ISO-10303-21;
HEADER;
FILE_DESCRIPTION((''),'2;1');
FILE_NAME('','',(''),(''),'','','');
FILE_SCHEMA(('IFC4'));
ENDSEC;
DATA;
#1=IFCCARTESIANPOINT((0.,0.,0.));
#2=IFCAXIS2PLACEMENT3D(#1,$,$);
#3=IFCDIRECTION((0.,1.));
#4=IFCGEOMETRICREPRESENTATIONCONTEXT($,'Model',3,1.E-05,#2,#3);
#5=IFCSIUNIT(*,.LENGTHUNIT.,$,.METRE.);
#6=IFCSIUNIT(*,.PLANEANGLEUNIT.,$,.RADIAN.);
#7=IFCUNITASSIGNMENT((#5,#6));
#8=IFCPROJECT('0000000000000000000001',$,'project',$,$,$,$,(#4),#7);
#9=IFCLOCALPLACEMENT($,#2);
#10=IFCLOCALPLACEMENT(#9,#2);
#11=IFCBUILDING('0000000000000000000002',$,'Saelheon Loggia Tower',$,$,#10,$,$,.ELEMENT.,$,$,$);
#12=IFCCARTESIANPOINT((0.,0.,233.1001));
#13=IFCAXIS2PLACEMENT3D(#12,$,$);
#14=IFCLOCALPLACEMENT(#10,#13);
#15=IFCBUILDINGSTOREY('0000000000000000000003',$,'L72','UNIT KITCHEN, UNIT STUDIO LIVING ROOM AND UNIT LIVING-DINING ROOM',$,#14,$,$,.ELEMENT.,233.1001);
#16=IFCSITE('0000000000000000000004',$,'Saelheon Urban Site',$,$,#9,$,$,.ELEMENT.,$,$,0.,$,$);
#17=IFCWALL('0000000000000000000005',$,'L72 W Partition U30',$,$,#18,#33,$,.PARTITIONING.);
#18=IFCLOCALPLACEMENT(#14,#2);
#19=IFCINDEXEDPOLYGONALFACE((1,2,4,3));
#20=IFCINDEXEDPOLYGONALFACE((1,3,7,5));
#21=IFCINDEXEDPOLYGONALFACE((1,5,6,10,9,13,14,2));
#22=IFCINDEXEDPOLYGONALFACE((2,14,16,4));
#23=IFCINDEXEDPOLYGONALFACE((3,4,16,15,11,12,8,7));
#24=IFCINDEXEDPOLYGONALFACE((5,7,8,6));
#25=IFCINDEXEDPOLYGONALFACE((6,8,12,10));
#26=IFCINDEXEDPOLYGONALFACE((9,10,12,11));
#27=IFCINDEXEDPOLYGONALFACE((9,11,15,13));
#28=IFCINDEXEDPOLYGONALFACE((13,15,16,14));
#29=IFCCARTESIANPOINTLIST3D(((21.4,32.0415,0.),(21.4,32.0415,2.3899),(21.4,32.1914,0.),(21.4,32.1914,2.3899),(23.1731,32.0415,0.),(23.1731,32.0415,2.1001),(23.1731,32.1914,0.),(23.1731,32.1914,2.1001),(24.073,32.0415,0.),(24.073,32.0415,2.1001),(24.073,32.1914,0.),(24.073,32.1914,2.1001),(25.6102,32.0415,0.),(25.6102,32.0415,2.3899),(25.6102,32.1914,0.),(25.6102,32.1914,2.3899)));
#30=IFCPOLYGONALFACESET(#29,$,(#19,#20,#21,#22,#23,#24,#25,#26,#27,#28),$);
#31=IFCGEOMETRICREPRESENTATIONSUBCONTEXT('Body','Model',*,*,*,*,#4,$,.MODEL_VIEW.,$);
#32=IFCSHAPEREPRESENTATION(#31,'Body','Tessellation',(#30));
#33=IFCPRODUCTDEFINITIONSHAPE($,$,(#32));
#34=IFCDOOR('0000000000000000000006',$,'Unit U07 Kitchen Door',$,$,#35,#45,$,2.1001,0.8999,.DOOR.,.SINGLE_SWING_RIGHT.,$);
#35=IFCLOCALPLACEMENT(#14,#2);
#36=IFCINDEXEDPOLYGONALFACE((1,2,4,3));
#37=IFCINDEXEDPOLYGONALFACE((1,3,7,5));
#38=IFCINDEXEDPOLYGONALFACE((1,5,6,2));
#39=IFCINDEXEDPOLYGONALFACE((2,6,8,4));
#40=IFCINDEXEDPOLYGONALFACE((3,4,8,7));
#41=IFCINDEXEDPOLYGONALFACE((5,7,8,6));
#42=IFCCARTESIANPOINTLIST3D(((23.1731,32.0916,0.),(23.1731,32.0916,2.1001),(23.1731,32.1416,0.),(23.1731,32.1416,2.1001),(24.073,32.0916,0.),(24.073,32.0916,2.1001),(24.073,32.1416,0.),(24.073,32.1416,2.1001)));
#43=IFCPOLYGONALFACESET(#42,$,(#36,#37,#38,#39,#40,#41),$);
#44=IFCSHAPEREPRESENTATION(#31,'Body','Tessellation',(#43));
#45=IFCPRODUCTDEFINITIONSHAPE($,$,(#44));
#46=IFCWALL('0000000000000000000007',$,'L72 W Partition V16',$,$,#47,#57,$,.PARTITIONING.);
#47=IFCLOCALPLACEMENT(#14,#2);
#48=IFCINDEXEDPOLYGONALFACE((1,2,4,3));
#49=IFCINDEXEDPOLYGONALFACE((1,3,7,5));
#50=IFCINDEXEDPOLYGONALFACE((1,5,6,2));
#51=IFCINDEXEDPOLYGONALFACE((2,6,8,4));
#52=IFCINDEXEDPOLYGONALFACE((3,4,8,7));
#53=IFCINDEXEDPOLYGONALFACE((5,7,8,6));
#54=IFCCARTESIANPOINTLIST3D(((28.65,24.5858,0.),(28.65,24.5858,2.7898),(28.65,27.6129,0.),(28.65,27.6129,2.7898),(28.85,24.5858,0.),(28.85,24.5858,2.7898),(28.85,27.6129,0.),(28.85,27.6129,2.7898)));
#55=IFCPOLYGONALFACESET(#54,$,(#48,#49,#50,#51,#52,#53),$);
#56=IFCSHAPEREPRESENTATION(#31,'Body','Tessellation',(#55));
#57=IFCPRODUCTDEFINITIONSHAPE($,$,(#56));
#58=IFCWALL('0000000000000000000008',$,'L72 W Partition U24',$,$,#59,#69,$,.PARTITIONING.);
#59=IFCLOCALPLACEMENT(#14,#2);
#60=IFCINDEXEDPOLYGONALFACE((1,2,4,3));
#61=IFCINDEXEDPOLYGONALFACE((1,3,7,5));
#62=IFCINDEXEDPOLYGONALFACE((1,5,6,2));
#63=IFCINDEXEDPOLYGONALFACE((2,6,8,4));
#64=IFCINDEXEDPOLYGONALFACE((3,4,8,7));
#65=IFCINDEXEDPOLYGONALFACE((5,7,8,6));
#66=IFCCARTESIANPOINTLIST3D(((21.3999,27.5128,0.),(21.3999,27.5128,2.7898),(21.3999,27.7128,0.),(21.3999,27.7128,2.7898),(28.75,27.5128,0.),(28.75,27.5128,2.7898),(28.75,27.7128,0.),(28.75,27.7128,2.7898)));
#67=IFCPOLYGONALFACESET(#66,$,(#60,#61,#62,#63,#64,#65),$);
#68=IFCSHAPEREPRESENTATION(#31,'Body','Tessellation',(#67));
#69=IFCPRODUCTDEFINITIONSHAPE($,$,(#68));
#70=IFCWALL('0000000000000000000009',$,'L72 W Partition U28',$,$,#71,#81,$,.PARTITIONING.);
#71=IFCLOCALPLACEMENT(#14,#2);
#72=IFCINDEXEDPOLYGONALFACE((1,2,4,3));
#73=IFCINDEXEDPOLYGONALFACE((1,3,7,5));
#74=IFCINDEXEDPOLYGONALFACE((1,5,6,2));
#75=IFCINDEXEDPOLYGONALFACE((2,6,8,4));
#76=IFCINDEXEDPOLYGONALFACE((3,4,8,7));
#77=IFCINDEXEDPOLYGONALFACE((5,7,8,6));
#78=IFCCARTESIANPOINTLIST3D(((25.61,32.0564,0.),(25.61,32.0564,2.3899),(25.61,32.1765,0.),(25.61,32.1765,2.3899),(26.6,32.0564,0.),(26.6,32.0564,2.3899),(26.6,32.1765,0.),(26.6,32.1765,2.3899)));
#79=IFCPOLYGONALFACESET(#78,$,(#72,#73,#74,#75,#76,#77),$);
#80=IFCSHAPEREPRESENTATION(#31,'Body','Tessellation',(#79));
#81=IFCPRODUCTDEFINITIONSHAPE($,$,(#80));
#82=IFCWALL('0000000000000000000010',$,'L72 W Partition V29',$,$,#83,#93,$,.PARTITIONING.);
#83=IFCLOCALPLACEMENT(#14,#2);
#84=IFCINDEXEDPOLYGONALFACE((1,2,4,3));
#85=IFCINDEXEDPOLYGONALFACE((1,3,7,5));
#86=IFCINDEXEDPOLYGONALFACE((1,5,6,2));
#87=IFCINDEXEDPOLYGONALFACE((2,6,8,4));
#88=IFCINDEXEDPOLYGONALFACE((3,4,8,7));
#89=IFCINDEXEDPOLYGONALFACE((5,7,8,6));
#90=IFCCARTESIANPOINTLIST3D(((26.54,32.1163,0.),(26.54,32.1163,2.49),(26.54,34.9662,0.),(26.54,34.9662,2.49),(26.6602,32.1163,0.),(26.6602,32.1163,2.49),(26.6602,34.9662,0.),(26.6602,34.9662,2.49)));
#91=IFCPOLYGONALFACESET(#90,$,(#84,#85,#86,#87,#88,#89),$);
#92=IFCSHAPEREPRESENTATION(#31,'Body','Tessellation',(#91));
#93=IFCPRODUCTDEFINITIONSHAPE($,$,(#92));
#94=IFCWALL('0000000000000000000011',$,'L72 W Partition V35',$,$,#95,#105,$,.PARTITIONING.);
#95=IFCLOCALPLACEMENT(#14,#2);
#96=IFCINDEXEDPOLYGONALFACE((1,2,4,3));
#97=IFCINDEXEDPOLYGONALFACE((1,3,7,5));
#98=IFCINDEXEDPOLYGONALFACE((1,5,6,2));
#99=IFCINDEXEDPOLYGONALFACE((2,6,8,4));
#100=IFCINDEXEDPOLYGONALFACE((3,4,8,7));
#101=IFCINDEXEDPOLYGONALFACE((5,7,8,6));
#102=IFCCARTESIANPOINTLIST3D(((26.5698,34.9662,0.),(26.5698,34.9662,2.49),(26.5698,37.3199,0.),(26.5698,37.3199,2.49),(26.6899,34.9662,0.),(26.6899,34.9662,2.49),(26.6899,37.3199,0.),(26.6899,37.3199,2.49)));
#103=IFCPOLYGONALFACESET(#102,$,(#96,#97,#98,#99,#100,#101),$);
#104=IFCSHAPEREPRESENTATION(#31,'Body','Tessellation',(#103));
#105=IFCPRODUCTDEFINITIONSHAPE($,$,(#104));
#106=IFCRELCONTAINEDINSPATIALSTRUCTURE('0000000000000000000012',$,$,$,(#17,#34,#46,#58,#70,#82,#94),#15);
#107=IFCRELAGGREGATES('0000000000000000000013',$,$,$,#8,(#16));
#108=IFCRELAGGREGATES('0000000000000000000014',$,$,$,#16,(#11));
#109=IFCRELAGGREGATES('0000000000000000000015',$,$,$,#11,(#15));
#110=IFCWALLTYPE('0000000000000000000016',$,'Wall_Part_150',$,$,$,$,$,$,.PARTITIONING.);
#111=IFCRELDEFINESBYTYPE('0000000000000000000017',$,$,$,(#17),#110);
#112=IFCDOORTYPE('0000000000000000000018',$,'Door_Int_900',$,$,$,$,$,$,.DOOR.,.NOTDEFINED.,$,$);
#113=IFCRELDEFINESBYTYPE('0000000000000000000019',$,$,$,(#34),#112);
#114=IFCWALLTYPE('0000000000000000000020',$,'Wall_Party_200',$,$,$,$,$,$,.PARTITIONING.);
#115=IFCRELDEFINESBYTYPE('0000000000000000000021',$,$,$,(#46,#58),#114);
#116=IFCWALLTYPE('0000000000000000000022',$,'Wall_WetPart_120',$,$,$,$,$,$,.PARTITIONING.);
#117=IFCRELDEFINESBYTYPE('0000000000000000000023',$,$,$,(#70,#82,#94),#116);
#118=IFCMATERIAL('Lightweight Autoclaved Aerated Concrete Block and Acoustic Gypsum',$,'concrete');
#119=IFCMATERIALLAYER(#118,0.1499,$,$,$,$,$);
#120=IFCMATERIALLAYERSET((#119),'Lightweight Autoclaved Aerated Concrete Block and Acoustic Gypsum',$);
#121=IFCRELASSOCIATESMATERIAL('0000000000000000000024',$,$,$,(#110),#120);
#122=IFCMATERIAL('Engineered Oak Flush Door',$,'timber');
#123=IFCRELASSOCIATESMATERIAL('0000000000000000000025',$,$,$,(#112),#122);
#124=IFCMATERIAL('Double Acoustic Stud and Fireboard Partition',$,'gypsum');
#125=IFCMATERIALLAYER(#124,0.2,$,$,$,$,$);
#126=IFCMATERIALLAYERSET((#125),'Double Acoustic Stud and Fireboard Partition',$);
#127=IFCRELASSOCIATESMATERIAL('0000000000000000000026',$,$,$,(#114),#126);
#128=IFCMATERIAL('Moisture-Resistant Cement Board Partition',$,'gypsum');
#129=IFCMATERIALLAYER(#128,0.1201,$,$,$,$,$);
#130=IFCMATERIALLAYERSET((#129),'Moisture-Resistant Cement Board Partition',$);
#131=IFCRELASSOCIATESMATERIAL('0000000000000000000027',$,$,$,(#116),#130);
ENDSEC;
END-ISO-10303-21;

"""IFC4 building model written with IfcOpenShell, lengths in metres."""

from ifc_helpers import new_model, si_unit, direction, frame, frame_2d, origin, place, context, subcontext, project, spatial, rectangle, extrude, source, transform, mapped, material, layer, layer_set, type_object, element, fill, save


model = new_model("IFC4")

# Units and contexts
model_context = context("Model", 3, precision=1e-05, world=origin(), true_north=direction((0.0, 1.0)))
body_context = subcontext(model_context, "Body", "Model", "MODEL_VIEW")
ifc_project = project(units=[si_unit("LENGTHUNIT", "METRE"), si_unit("PLANEANGLEUNIT", "RADIAN")], contexts=[model_context])

# Site, building, storey
site_placement = place(None, origin())
site = spatial("IfcSite", under=ifc_project, at=site_placement, Name="Saelheon Urban Site", CompositionType="ELEMENT", RefElevation=0.0)
building_placement = place(site_placement, origin())
building = spatial("IfcBuilding", under=site, at=building_placement, Name="Saelheon Loggia Tower", CompositionType="ELEMENT")
storey_placement = place(building_placement, frame((0.0, 0.0, 233.1001)))
storey = spatial("IfcBuildingStorey", under=building, at=storey_placement, Name="L72", Description="UNIT KITCHEN, UNIT STUDIO LIVING ROOM AND UNIT LIVING-DINING ROOM", CompositionType="ELEMENT", Elevation=233.1001)

# Shared definitions
ifc_material_1 = material(Name="Lightweight Autoclaved Aerated Concrete Block and Acoustic Gypsum", Category="concrete")
ifc_layer_1 = layer(ifc_material_1, 0.1499)
ifc_layer_set_1 = layer_set([ifc_layer_1], Name="Lightweight Autoclaved Aerated Concrete Block and Acoustic Gypsum")
wall_type_1 = type_object("IfcWallType", Name="Wall_Part_150", PredefinedType="PARTITIONING", material=ifc_layer_set_1)

# Wall, opening, door
ifc_material_2 = material(Name="Engineered Oak Flush Door", Category="timber")
door_type_1 = type_object("IfcDoorType", Name="Door_Int_900", OperationType="NOTDEFINED", PredefinedType="DOOR", material=ifc_material_2)
shared_shape_1 = source(origin(), body_context, "Body", "SweptSolid", [
    extrude(rectangle(XDim=0.8999, YDim=2.1001, at=frame_2d((0.45, 1.05))), frame((0.0, 0.0249, 0.0), z_axis=(0.0, -1.0, 0.0), x_axis=(1.0, 0.0, 0.0)), (0.0, 0.0, 1.0), 0.05),
])
wall_1_placement = place(storey_placement, frame((25.6101, 32.1165, 0.0), z_axis=(0.0, 0.0, 1.0), x_axis=(-1.0, 0.0, 0.0)))
wall_1 = element("IfcWall", 1, at=wall_1_placement, inside=storey, type_object=wall_type_1, Name="L72 W Partition U30", PredefinedType="PARTITIONING", context=body_context, shape_type="SweptSolid", body=[
    extrude(rectangle(XDim=4.2102, YDim=0.1499, at=frame_2d((2.105, 0.0))), origin(), (0.0, 0.0, 1.0), 2.3899),
])
opening_1_placement = place(wall_1_placement, frame((1.5371, 0.0, 0.0)))
opening_1 = element("IfcOpeningElement", 2, at=opening_1_placement, cuts=wall_1, PredefinedType="OPENING", context=body_context, shape_type="SweptSolid", body=[
    extrude(rectangle(XDim=0.8999, YDim=2.1001, at=frame_2d((0.45, 1.05))), frame((0.0, 0.0869, 0.0), z_axis=(0.0, -1.0, 0.0), x_axis=(1.0, 0.0, 0.0)), (0.0, 0.0, 1.0), 0.1738),
])
door_1_placement = place(opening_1_placement, origin())
door_1 = element("IfcDoor", 3, at=door_1_placement, inside=storey, type_object=door_type_1, Name="Unit U07 Kitchen Door", OperationType="SINGLE_SWING_RIGHT", OverallHeight=2.1001, OverallWidth=0.8999, PredefinedType="DOOR", context=body_context, shape_type="MappedRepresentation", body=[
    mapped(shared_shape_1, transform((0.0, 0.0, 0.0), scale=1.0)),
])
fill(opening_1, door_1)

# Walls
ifc_material_3 = material(Name="Double Acoustic Stud and Fireboard Partition", Category="gypsum")
ifc_layer_2 = layer(ifc_material_3, 0.2)
ifc_layer_set_2 = layer_set([ifc_layer_2], Name="Double Acoustic Stud and Fireboard Partition")
wall_type_2 = type_object("IfcWallType", Name="Wall_Party_200", PredefinedType="PARTITIONING", material=ifc_layer_set_2)
wall_2_placement = place(storey_placement, frame((28.75, 24.5857, 0.0), z_axis=(0.0, 0.0, 1.0), x_axis=(0.0, 1.0, 0.0)))
element("IfcWall", 4, at=wall_2_placement, inside=storey, type_object=wall_type_2, Name="L72 W Partition V16", PredefinedType="PARTITIONING", context=body_context, shape_type="SweptSolid", body=[
    extrude(rectangle(XDim=3.0271, YDim=0.2, at=frame_2d((1.5137, 0.0))), origin(), (0.0, 0.0, 1.0), 2.7898),
])
wall_3_placement = place(storey_placement, frame((28.75, 27.6128, 0.0), z_axis=(0.0, 0.0, 1.0), x_axis=(-1.0, 0.0, 0.0)))
element("IfcWall", 5, at=wall_3_placement, inside=storey, type_object=wall_type_2, Name="L72 W Partition U24", PredefinedType="PARTITIONING", context=body_context, shape_type="SweptSolid", body=[
    extrude(rectangle(XDim=7.3501, YDim=0.2, at=frame_2d((3.675, 0.0))), origin(), (0.0, 0.0, 1.0), 2.7898),
])

# Walls
ifc_material_4 = material(Name="Moisture-Resistant Cement Board Partition", Category="gypsum")
ifc_layer_3 = layer(ifc_material_4, 0.1201)
ifc_layer_set_3 = layer_set([ifc_layer_3], Name="Moisture-Resistant Cement Board Partition")
wall_type_3 = type_object("IfcWallType", Name="Wall_WetPart_120", PredefinedType="PARTITIONING", material=ifc_layer_set_3)
wall_4_placement = place(storey_placement, frame((26.6001, 32.1165, 0.0), z_axis=(0.0, 0.0, 1.0), x_axis=(-1.0, 0.0, 0.0)))
element("IfcWall", 6, at=wall_4_placement, inside=storey, type_object=wall_type_3, Name="L72 W Partition U28", PredefinedType="PARTITIONING", context=body_context, shape_type="SweptSolid", body=[
    extrude(rectangle(XDim=0.99, YDim=0.1201, at=frame_2d((0.4951, 0.0))), origin(), (0.0, 0.0, 1.0), 2.3899),
])
wall_5_placement = place(storey_placement, frame((26.6001, 32.1165, 0.0), z_axis=(0.0, 0.0, 1.0), x_axis=(0.0, 1.0, 0.0)))
element("IfcWall", 7, at=wall_5_placement, inside=storey, type_object=wall_type_3, Name="L72 W Partition V29", PredefinedType="PARTITIONING", context=body_context, shape_type="SweptSolid", body=[
    extrude(rectangle(XDim=2.8499, YDim=0.1201, at=frame_2d((1.4248, 0.0))), origin(), (0.0, 0.0, 1.0), 2.49),
])
wall_6_placement = place(storey_placement, frame((26.6299, 34.9663, 0.0), z_axis=(0.0, 0.0, 1.0), x_axis=(0.0, 1.0, 0.0)))
element("IfcWall", 8, at=wall_6_placement, inside=storey, type_object=wall_type_3, Name="L72 W Partition V35", PredefinedType="PARTITIONING", context=body_context, shape_type="SweptSolid", body=[
    extrude(rectangle(XDim=2.3538, YDim=0.1201, at=frame_2d((1.1768, 0.0))), origin(), (0.0, 0.0, 1.0), 2.49),
])

save(model, "model.ifc")
